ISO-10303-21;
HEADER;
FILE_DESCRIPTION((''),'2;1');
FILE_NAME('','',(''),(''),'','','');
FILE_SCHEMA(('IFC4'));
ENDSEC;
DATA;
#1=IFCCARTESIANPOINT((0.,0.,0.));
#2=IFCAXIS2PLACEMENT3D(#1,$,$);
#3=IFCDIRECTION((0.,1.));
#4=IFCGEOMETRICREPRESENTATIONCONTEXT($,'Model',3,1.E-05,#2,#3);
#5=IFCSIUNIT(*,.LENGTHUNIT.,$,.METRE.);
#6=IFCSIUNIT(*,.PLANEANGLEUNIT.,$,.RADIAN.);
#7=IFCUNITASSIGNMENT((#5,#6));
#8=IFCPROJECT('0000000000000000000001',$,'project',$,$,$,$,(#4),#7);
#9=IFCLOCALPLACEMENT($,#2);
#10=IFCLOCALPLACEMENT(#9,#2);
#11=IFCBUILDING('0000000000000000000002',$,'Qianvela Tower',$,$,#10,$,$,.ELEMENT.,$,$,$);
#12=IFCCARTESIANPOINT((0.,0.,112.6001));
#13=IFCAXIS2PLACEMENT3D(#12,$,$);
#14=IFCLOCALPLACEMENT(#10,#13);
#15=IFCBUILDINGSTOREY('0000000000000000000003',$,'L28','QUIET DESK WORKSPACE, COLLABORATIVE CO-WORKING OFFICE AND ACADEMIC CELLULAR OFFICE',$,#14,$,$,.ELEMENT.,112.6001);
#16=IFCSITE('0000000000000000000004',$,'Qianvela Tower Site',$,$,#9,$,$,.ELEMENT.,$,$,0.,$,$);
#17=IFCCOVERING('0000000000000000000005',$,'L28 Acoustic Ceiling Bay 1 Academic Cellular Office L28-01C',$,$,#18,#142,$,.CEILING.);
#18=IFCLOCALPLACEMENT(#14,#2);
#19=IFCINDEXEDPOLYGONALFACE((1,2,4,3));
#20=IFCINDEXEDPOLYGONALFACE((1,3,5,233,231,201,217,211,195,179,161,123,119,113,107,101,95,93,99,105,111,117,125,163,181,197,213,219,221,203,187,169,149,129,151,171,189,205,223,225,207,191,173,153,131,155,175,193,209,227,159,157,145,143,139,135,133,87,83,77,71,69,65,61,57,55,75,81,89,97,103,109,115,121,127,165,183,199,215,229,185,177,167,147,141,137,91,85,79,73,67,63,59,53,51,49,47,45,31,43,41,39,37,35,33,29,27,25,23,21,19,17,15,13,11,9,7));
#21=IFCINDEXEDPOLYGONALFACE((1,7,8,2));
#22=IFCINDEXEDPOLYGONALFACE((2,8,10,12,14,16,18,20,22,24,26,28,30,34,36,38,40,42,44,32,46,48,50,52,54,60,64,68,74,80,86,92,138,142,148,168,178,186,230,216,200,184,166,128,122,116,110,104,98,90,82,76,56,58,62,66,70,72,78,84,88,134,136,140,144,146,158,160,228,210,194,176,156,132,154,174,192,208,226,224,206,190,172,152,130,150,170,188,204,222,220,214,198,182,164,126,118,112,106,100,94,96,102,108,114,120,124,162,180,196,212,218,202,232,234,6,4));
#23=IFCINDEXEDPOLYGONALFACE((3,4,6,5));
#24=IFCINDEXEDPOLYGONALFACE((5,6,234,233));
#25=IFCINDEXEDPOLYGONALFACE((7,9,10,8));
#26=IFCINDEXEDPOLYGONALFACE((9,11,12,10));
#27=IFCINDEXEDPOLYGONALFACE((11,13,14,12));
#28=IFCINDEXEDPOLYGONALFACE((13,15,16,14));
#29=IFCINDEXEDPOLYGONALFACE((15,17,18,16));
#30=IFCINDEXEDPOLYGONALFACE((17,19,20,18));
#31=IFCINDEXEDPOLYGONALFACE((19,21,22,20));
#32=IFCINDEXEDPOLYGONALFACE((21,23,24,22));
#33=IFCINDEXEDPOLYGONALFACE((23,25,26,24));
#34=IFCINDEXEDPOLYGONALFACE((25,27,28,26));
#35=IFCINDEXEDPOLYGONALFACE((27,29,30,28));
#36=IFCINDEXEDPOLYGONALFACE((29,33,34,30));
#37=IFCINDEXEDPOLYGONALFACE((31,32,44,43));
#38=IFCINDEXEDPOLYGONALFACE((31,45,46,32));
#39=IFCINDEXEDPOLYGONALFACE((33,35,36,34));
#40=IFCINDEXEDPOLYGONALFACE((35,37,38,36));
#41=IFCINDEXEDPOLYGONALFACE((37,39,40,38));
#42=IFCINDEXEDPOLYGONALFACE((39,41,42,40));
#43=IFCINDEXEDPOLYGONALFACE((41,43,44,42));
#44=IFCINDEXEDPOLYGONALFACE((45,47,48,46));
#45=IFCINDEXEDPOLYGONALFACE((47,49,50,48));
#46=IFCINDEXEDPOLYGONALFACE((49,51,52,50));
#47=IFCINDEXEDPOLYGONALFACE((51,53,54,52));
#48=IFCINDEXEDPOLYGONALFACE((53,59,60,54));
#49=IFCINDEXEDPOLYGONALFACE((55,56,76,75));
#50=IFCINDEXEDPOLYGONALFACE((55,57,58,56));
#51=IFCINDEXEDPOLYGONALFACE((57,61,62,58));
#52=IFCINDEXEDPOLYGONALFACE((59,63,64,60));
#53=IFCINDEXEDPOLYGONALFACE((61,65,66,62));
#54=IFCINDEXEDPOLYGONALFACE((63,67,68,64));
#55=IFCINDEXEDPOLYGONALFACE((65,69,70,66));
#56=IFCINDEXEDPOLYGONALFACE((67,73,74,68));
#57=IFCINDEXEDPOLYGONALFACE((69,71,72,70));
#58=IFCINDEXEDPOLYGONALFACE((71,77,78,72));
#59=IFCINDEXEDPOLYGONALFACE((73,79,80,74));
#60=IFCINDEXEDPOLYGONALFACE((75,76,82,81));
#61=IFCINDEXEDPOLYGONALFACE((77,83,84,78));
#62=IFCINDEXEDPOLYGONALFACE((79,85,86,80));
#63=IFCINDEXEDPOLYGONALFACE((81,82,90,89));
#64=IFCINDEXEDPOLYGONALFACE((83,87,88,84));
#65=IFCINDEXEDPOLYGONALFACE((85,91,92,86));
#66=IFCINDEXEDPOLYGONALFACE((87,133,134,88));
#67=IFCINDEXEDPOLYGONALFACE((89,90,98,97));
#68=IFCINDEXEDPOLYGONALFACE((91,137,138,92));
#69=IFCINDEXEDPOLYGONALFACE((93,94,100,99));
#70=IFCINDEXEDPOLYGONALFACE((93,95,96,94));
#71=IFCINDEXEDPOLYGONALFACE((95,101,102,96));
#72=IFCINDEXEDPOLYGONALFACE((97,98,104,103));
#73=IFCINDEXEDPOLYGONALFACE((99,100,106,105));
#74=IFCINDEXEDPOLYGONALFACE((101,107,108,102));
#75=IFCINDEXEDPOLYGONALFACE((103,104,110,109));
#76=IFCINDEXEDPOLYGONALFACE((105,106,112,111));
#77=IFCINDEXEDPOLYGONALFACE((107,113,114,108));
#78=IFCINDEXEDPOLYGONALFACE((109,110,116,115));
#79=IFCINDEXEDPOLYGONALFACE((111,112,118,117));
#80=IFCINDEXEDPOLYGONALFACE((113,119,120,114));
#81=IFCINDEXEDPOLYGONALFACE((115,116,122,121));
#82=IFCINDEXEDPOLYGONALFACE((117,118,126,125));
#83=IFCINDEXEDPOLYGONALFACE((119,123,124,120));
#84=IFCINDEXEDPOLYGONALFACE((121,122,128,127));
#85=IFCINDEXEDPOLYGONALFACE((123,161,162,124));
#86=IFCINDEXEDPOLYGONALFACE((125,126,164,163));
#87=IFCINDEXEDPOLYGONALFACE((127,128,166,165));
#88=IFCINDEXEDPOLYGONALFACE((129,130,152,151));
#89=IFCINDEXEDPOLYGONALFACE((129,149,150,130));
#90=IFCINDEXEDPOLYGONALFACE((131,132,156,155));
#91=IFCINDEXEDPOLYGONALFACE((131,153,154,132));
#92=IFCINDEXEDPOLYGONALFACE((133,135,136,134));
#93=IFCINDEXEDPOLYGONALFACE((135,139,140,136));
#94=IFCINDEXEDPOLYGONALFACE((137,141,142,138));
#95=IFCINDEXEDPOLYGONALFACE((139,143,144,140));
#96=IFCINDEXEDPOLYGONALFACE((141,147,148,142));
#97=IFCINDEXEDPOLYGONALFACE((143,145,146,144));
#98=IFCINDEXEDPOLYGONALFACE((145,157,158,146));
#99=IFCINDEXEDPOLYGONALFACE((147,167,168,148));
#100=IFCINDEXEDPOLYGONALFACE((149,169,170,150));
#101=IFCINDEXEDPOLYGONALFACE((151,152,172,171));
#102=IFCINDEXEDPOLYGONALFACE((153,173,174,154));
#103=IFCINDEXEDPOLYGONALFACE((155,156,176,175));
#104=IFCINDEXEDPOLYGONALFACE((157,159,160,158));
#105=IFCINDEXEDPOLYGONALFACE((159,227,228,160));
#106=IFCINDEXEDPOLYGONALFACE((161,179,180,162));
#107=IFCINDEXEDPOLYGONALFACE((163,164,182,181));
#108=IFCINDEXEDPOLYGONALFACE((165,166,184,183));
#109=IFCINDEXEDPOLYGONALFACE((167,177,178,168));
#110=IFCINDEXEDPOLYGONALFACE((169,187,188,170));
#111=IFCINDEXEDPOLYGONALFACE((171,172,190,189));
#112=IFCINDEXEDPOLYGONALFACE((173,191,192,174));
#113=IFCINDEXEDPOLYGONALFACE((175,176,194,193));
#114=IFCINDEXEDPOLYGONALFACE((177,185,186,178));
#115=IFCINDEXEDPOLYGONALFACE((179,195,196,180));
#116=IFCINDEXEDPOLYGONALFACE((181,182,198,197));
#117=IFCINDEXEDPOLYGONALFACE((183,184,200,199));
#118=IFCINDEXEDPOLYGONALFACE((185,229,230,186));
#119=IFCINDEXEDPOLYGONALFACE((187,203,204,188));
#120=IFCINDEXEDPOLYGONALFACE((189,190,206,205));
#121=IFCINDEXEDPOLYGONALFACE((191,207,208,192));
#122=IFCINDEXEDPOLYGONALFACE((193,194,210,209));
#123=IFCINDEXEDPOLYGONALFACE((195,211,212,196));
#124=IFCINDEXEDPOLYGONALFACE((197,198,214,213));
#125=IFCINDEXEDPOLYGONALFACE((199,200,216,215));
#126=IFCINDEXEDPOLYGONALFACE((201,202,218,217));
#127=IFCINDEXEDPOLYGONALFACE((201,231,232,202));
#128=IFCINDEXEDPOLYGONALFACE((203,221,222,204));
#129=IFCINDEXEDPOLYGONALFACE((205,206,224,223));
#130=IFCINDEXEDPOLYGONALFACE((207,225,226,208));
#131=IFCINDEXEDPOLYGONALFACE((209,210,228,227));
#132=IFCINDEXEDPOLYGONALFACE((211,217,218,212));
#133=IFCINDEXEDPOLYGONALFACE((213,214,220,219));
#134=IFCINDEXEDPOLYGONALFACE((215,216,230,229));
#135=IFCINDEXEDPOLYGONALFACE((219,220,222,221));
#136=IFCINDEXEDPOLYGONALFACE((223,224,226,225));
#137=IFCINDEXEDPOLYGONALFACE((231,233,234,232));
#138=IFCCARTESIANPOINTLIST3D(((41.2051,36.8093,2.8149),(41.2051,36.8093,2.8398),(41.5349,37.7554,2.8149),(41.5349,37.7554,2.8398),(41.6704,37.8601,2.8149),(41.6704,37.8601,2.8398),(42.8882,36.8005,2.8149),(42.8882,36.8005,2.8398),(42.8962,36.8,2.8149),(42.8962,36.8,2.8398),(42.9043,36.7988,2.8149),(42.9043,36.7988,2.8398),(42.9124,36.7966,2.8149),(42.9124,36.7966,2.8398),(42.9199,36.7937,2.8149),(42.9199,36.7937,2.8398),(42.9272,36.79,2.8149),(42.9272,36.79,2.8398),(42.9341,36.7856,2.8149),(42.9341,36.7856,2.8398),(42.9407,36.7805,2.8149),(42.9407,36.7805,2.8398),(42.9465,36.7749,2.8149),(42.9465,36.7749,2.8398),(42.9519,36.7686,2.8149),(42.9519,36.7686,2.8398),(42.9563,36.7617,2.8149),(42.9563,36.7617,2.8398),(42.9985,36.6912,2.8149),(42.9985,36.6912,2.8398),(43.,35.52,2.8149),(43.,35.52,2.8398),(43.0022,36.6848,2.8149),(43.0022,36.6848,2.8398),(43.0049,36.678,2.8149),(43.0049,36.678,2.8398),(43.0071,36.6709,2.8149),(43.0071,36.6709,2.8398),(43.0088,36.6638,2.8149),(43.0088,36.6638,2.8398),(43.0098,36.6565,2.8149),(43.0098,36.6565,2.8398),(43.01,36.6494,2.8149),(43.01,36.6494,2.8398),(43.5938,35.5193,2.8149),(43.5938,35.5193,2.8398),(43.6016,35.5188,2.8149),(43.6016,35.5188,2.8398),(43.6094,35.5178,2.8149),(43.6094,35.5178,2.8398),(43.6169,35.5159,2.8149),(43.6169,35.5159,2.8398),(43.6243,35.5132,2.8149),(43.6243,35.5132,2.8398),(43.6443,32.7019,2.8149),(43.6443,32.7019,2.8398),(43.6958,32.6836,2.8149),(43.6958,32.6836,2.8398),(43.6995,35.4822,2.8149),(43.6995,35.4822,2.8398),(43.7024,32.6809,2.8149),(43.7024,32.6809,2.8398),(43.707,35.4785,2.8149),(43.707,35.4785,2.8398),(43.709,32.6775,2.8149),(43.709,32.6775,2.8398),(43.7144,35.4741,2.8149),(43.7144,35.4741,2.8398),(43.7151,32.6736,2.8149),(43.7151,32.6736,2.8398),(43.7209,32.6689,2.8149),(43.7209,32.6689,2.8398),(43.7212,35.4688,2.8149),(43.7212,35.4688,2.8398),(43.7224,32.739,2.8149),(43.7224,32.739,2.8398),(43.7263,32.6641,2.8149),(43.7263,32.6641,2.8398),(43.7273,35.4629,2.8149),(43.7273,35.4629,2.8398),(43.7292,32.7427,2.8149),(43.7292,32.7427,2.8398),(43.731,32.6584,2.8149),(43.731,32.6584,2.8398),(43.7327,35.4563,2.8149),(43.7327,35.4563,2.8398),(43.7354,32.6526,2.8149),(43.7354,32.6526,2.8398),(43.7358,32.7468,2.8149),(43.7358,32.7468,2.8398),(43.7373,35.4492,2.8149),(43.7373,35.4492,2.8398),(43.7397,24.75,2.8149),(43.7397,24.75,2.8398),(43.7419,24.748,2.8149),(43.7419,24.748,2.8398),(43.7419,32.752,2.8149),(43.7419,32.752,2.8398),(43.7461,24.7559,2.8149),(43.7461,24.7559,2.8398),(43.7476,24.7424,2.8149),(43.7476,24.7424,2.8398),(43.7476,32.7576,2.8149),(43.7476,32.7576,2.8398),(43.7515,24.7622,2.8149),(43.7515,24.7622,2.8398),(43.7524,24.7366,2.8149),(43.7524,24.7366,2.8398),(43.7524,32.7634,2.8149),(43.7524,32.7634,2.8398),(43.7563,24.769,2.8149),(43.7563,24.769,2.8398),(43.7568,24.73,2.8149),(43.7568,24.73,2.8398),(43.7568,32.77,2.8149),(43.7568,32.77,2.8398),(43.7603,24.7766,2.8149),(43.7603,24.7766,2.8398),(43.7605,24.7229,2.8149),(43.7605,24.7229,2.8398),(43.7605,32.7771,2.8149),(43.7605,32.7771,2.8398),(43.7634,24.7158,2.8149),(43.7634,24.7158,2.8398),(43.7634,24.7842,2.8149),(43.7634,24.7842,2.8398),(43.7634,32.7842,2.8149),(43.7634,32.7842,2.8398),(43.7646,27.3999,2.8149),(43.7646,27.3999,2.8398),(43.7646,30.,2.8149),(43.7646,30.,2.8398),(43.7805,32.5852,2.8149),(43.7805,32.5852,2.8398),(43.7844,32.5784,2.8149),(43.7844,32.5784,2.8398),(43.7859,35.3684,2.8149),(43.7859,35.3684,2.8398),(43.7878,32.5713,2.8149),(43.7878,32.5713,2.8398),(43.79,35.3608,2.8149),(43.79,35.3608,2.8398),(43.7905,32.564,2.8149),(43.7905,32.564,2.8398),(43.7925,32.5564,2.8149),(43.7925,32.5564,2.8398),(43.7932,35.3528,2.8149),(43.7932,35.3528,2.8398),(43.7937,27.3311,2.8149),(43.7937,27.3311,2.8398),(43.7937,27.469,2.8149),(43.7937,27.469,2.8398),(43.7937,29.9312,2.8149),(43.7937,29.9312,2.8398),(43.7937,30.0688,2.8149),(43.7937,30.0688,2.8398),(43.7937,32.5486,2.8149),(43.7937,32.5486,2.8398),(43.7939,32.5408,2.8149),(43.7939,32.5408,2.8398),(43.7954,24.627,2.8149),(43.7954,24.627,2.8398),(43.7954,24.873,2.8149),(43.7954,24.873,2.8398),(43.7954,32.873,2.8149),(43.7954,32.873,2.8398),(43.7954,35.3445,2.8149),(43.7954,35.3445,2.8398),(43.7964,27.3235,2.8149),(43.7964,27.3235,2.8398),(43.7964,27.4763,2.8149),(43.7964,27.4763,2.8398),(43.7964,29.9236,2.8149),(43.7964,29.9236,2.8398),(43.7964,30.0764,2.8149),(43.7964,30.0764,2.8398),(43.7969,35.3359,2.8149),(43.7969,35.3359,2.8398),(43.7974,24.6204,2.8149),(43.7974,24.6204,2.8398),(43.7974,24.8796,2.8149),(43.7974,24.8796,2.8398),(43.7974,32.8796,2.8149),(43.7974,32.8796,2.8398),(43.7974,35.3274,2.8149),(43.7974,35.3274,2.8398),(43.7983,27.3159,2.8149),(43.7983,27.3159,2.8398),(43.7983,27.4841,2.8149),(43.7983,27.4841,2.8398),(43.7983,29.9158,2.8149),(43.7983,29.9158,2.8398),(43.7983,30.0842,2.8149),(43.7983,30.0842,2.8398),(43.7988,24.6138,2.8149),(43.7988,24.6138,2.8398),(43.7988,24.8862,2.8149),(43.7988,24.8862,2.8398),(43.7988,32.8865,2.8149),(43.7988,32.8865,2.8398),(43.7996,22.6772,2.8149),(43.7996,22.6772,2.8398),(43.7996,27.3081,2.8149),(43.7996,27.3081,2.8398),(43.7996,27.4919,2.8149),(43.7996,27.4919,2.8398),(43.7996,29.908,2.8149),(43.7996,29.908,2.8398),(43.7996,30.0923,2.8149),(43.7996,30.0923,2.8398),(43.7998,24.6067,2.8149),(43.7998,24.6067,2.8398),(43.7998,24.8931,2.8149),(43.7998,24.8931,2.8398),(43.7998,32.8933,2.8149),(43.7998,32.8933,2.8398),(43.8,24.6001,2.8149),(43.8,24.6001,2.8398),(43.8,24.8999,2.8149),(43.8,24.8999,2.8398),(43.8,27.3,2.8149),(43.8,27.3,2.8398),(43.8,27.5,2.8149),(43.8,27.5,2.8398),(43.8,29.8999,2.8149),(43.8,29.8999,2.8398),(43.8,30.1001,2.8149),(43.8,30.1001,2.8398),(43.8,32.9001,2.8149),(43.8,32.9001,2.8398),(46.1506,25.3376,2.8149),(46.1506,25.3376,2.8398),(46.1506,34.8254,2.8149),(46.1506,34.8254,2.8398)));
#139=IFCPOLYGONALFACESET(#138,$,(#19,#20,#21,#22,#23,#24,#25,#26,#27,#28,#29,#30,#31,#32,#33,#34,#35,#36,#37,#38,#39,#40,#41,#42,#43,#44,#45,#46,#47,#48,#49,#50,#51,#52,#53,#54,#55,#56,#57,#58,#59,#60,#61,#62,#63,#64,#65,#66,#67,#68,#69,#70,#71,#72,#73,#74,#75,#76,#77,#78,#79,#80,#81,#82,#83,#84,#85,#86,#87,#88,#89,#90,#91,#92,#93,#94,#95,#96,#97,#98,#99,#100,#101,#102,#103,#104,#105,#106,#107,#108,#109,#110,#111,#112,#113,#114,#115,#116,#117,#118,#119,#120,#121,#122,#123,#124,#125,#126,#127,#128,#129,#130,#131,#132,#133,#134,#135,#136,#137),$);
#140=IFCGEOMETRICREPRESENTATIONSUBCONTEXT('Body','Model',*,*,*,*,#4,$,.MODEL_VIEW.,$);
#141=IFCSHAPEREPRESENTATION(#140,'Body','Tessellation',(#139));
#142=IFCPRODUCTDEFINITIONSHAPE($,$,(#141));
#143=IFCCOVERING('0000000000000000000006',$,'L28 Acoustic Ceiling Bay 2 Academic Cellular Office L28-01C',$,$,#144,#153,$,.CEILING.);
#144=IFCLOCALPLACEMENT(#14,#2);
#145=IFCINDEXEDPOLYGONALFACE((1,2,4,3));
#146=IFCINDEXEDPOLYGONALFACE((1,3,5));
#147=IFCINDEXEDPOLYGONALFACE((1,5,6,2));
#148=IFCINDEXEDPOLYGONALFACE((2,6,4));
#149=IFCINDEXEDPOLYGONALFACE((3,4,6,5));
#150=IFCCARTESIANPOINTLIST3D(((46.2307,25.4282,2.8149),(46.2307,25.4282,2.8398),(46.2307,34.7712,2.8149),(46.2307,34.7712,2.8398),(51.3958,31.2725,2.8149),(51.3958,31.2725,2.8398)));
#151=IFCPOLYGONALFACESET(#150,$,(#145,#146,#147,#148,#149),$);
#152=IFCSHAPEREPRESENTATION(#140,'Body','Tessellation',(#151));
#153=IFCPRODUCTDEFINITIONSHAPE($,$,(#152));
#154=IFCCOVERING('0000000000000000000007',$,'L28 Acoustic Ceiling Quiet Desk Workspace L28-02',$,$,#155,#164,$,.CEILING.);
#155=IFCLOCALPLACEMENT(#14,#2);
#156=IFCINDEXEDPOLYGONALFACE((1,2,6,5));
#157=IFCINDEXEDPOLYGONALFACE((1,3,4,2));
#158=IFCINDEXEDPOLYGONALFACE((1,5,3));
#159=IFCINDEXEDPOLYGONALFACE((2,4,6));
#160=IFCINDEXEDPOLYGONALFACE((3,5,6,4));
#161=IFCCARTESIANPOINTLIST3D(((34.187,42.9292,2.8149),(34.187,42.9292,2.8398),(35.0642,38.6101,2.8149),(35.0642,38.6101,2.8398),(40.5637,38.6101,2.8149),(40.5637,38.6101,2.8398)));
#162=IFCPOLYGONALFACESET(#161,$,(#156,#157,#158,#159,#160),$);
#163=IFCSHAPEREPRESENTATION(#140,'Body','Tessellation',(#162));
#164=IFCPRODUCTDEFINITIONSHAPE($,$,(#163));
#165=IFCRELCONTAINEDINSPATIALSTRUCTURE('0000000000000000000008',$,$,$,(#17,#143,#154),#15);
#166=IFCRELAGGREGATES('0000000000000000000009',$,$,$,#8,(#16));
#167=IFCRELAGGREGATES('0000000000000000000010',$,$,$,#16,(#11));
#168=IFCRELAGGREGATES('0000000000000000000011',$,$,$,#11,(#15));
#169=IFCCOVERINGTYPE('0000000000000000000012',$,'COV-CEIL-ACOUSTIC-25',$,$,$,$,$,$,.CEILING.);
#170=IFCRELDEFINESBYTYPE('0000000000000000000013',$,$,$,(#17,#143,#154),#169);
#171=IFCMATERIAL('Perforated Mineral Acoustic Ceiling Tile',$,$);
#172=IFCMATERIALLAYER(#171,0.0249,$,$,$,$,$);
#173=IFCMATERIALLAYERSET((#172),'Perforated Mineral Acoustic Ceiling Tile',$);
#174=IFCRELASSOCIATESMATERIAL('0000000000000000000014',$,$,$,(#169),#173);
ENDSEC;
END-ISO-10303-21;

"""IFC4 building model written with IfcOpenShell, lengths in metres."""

from ifc_helpers import new_model, si_unit, direction, frame, origin, place, context, subcontext, project, spatial, polyline, outline, extrude, material, layer, layer_set, type_object, element, save


model = new_model("IFC4")

# Units and contexts
model_context = context("Model", 3, precision=1e-05, world=origin(), true_north=direction((0.0, 1.0)))
body_context = subcontext(model_context, "Body", "Model", "MODEL_VIEW")
ifc_project = project(units=[si_unit("LENGTHUNIT", "METRE"), si_unit("PLANEANGLEUNIT", "RADIAN")], contexts=[model_context])

# Site, building, storey
site_placement = place(None, origin())
site = spatial("IfcSite", under=ifc_project, at=site_placement, Name="Qianvela Tower Site", CompositionType="ELEMENT", RefElevation=0.0)
building_placement = place(site_placement, origin())
building = spatial("IfcBuilding", under=site, at=building_placement, Name="Qianvela Tower", CompositionType="ELEMENT")
storey_placement = place(building_placement, frame((0.0, 0.0, 112.6001)))
storey = spatial("IfcBuildingStorey", under=building, at=storey_placement, Name="L28", Description="QUIET DESK WORKSPACE, COLLABORATIVE CO-WORKING OFFICE AND ACADEMIC CELLULAR OFFICE", CompositionType="ELEMENT", Elevation=112.6001)

# Coverings
ifc_material_1 = material(Name="Perforated Mineral Acoustic Ceiling Tile")
ifc_layer_1 = layer(ifc_material_1, 0.0249)
ifc_layer_set_1 = layer_set([ifc_layer_1], Name="Perforated Mineral Acoustic Ceiling Tile")
covering_type_1 = type_object("IfcCoveringType", Name="COV-CEIL-ACOUSTIC-25", PredefinedType="CEILING", material=ifc_layer_set_1)
covering_1_placement = place(storey_placement, frame((0.0, 0.0, 2.8149)))
element("IfcCovering", 1, at=covering_1_placement, inside=storey, type_object=covering_type_1, Name="L28 Acoustic Ceiling Bay 1 Academic Cellular Office L28-01C", PredefinedType="CEILING", context=body_context, shape_type="SweptSolid", body=[
    extrude(outline(polyline([(43.7224, 32.739), (43.7292, 32.7427), (43.7358, 32.7468), (43.7419, 32.752), (43.7476, 32.7576), (43.7524, 32.7634), (43.7568, 32.77), (43.7605, 32.7771), (43.7634, 32.7842), (43.7954, 32.873), (43.7974, 32.8796), (43.7988, 32.8865), (43.7998, 32.8933), (43.8, 32.9001), (43.7974, 35.3274), (43.7969, 35.3359), (43.7954, 35.3445), (43.7932, 35.3528), (43.79, 35.3608), (43.7859, 35.3684), (43.7373, 35.4492), (43.7327, 35.4563), (43.7273, 35.4629), (43.7212, 35.4688), (43.7144, 35.4741), (43.707, 35.4785), (43.6995, 35.4822), (43.6243, 35.5132), (43.6169, 35.5159), (43.6094, 35.5178), (43.6016, 35.5188), (43.5938, 35.5193), (43.0, 35.52), (43.01, 36.6494), (43.0098, 36.6565), (43.0088, 36.6638), (43.0071, 36.6709), (43.0049, 36.678), (43.0022, 36.6848), (42.9985, 36.6912), (42.9563, 36.7617), (42.9519, 36.7686), (42.9465, 36.7749), (42.9407, 36.7805), (42.9341, 36.7856), (42.9272, 36.79), (42.9199, 36.7937), (42.9124, 36.7966), (42.9043, 36.7988), (42.8962, 36.8), (42.8882, 36.8005), (41.2051, 36.8093), (41.5349, 37.7554), (41.6704, 37.8601), (46.1506, 34.8254), (46.1506, 25.3376), (43.7996, 22.6772), (43.8, 24.6001), (43.7998, 24.6067), (43.7988, 24.6138), (43.7974, 24.6204), (43.7954, 24.627), (43.7634, 24.7158), (43.7605, 24.7229), (43.7568, 24.73), (43.7524, 24.7366), (43.7476, 24.7424), (43.7419, 24.748), (43.7397, 24.75), (43.7397, 24.75), (43.7461, 24.7559), (43.7515, 24.7622), (43.7563, 24.769), (43.7603, 24.7766), (43.7634, 24.7842), (43.7954, 24.873), (43.7974, 24.8796), (43.7988, 24.8862), (43.7998, 24.8931), (43.8, 24.8999), (43.8, 27.3), (43.7996, 27.3081), (43.7983, 27.3159), (43.7964, 27.3235), (43.7937, 27.3311), (43.7646, 27.3999), (43.7937, 27.469), (43.7964, 27.4763), (43.7983, 27.4841), (43.7996, 27.4919), (43.8, 27.5), (43.8, 29.8999), (43.7996, 29.908), (43.7983, 29.9158), (43.7964, 29.9236), (43.7937, 29.9312), (43.7646, 30.0), (43.7937, 30.0688), (43.7964, 30.0764), (43.7983, 30.0842), (43.7996, 30.0923), (43.8, 30.1001), (43.7939, 32.5408), (43.7937, 32.5486), (43.7925, 32.5564), (43.7905, 32.564), (43.7878, 32.5713), (43.7844, 32.5784), (43.7805, 32.5852), (43.7354, 32.6526), (43.731, 32.6584), (43.7263, 32.6641), (43.7209, 32.6689), (43.7151, 32.6736), (43.709, 32.6775), (43.7024, 32.6809), (43.6958, 32.6836), (43.6443, 32.7019), (43.7224, 32.739)])), origin(), (0.0, 0.0, 1.0), 0.0249),
])
covering_2_placement = place(storey_placement, frame((0.0, 0.0, 2.8149)))
element("IfcCovering", 2, at=covering_2_placement, inside=storey, type_object=covering_type_1, Name="L28 Acoustic Ceiling Bay 2 Academic Cellular Office L28-01C", PredefinedType="CEILING", context=body_context, shape_type="SweptSolid", body=[
    extrude(outline(polyline([(51.3958, 31.2725), (46.2307, 25.4282), (46.2307, 34.7712), (51.3958, 31.2725)])), origin(), (0.0, 0.0, 1.0), 0.0249),
])
covering_3_placement = place(storey_placement, frame((0.0, 0.0, 2.8149)))
element("IfcCovering", 3, at=covering_3_placement, inside=storey, type_object=covering_type_1, Name="L28 Acoustic Ceiling Quiet Desk Workspace L28-02", PredefinedType="CEILING", context=body_context, shape_type="SweptSolid", body=[
    extrude(outline(polyline([(35.0642, 38.6101), (34.187, 42.9292), (40.5637, 38.6101), (35.0642, 38.6101)])), origin(), (0.0, 0.0, 1.0), 0.0249),
])

save(model, "model.ifc")
